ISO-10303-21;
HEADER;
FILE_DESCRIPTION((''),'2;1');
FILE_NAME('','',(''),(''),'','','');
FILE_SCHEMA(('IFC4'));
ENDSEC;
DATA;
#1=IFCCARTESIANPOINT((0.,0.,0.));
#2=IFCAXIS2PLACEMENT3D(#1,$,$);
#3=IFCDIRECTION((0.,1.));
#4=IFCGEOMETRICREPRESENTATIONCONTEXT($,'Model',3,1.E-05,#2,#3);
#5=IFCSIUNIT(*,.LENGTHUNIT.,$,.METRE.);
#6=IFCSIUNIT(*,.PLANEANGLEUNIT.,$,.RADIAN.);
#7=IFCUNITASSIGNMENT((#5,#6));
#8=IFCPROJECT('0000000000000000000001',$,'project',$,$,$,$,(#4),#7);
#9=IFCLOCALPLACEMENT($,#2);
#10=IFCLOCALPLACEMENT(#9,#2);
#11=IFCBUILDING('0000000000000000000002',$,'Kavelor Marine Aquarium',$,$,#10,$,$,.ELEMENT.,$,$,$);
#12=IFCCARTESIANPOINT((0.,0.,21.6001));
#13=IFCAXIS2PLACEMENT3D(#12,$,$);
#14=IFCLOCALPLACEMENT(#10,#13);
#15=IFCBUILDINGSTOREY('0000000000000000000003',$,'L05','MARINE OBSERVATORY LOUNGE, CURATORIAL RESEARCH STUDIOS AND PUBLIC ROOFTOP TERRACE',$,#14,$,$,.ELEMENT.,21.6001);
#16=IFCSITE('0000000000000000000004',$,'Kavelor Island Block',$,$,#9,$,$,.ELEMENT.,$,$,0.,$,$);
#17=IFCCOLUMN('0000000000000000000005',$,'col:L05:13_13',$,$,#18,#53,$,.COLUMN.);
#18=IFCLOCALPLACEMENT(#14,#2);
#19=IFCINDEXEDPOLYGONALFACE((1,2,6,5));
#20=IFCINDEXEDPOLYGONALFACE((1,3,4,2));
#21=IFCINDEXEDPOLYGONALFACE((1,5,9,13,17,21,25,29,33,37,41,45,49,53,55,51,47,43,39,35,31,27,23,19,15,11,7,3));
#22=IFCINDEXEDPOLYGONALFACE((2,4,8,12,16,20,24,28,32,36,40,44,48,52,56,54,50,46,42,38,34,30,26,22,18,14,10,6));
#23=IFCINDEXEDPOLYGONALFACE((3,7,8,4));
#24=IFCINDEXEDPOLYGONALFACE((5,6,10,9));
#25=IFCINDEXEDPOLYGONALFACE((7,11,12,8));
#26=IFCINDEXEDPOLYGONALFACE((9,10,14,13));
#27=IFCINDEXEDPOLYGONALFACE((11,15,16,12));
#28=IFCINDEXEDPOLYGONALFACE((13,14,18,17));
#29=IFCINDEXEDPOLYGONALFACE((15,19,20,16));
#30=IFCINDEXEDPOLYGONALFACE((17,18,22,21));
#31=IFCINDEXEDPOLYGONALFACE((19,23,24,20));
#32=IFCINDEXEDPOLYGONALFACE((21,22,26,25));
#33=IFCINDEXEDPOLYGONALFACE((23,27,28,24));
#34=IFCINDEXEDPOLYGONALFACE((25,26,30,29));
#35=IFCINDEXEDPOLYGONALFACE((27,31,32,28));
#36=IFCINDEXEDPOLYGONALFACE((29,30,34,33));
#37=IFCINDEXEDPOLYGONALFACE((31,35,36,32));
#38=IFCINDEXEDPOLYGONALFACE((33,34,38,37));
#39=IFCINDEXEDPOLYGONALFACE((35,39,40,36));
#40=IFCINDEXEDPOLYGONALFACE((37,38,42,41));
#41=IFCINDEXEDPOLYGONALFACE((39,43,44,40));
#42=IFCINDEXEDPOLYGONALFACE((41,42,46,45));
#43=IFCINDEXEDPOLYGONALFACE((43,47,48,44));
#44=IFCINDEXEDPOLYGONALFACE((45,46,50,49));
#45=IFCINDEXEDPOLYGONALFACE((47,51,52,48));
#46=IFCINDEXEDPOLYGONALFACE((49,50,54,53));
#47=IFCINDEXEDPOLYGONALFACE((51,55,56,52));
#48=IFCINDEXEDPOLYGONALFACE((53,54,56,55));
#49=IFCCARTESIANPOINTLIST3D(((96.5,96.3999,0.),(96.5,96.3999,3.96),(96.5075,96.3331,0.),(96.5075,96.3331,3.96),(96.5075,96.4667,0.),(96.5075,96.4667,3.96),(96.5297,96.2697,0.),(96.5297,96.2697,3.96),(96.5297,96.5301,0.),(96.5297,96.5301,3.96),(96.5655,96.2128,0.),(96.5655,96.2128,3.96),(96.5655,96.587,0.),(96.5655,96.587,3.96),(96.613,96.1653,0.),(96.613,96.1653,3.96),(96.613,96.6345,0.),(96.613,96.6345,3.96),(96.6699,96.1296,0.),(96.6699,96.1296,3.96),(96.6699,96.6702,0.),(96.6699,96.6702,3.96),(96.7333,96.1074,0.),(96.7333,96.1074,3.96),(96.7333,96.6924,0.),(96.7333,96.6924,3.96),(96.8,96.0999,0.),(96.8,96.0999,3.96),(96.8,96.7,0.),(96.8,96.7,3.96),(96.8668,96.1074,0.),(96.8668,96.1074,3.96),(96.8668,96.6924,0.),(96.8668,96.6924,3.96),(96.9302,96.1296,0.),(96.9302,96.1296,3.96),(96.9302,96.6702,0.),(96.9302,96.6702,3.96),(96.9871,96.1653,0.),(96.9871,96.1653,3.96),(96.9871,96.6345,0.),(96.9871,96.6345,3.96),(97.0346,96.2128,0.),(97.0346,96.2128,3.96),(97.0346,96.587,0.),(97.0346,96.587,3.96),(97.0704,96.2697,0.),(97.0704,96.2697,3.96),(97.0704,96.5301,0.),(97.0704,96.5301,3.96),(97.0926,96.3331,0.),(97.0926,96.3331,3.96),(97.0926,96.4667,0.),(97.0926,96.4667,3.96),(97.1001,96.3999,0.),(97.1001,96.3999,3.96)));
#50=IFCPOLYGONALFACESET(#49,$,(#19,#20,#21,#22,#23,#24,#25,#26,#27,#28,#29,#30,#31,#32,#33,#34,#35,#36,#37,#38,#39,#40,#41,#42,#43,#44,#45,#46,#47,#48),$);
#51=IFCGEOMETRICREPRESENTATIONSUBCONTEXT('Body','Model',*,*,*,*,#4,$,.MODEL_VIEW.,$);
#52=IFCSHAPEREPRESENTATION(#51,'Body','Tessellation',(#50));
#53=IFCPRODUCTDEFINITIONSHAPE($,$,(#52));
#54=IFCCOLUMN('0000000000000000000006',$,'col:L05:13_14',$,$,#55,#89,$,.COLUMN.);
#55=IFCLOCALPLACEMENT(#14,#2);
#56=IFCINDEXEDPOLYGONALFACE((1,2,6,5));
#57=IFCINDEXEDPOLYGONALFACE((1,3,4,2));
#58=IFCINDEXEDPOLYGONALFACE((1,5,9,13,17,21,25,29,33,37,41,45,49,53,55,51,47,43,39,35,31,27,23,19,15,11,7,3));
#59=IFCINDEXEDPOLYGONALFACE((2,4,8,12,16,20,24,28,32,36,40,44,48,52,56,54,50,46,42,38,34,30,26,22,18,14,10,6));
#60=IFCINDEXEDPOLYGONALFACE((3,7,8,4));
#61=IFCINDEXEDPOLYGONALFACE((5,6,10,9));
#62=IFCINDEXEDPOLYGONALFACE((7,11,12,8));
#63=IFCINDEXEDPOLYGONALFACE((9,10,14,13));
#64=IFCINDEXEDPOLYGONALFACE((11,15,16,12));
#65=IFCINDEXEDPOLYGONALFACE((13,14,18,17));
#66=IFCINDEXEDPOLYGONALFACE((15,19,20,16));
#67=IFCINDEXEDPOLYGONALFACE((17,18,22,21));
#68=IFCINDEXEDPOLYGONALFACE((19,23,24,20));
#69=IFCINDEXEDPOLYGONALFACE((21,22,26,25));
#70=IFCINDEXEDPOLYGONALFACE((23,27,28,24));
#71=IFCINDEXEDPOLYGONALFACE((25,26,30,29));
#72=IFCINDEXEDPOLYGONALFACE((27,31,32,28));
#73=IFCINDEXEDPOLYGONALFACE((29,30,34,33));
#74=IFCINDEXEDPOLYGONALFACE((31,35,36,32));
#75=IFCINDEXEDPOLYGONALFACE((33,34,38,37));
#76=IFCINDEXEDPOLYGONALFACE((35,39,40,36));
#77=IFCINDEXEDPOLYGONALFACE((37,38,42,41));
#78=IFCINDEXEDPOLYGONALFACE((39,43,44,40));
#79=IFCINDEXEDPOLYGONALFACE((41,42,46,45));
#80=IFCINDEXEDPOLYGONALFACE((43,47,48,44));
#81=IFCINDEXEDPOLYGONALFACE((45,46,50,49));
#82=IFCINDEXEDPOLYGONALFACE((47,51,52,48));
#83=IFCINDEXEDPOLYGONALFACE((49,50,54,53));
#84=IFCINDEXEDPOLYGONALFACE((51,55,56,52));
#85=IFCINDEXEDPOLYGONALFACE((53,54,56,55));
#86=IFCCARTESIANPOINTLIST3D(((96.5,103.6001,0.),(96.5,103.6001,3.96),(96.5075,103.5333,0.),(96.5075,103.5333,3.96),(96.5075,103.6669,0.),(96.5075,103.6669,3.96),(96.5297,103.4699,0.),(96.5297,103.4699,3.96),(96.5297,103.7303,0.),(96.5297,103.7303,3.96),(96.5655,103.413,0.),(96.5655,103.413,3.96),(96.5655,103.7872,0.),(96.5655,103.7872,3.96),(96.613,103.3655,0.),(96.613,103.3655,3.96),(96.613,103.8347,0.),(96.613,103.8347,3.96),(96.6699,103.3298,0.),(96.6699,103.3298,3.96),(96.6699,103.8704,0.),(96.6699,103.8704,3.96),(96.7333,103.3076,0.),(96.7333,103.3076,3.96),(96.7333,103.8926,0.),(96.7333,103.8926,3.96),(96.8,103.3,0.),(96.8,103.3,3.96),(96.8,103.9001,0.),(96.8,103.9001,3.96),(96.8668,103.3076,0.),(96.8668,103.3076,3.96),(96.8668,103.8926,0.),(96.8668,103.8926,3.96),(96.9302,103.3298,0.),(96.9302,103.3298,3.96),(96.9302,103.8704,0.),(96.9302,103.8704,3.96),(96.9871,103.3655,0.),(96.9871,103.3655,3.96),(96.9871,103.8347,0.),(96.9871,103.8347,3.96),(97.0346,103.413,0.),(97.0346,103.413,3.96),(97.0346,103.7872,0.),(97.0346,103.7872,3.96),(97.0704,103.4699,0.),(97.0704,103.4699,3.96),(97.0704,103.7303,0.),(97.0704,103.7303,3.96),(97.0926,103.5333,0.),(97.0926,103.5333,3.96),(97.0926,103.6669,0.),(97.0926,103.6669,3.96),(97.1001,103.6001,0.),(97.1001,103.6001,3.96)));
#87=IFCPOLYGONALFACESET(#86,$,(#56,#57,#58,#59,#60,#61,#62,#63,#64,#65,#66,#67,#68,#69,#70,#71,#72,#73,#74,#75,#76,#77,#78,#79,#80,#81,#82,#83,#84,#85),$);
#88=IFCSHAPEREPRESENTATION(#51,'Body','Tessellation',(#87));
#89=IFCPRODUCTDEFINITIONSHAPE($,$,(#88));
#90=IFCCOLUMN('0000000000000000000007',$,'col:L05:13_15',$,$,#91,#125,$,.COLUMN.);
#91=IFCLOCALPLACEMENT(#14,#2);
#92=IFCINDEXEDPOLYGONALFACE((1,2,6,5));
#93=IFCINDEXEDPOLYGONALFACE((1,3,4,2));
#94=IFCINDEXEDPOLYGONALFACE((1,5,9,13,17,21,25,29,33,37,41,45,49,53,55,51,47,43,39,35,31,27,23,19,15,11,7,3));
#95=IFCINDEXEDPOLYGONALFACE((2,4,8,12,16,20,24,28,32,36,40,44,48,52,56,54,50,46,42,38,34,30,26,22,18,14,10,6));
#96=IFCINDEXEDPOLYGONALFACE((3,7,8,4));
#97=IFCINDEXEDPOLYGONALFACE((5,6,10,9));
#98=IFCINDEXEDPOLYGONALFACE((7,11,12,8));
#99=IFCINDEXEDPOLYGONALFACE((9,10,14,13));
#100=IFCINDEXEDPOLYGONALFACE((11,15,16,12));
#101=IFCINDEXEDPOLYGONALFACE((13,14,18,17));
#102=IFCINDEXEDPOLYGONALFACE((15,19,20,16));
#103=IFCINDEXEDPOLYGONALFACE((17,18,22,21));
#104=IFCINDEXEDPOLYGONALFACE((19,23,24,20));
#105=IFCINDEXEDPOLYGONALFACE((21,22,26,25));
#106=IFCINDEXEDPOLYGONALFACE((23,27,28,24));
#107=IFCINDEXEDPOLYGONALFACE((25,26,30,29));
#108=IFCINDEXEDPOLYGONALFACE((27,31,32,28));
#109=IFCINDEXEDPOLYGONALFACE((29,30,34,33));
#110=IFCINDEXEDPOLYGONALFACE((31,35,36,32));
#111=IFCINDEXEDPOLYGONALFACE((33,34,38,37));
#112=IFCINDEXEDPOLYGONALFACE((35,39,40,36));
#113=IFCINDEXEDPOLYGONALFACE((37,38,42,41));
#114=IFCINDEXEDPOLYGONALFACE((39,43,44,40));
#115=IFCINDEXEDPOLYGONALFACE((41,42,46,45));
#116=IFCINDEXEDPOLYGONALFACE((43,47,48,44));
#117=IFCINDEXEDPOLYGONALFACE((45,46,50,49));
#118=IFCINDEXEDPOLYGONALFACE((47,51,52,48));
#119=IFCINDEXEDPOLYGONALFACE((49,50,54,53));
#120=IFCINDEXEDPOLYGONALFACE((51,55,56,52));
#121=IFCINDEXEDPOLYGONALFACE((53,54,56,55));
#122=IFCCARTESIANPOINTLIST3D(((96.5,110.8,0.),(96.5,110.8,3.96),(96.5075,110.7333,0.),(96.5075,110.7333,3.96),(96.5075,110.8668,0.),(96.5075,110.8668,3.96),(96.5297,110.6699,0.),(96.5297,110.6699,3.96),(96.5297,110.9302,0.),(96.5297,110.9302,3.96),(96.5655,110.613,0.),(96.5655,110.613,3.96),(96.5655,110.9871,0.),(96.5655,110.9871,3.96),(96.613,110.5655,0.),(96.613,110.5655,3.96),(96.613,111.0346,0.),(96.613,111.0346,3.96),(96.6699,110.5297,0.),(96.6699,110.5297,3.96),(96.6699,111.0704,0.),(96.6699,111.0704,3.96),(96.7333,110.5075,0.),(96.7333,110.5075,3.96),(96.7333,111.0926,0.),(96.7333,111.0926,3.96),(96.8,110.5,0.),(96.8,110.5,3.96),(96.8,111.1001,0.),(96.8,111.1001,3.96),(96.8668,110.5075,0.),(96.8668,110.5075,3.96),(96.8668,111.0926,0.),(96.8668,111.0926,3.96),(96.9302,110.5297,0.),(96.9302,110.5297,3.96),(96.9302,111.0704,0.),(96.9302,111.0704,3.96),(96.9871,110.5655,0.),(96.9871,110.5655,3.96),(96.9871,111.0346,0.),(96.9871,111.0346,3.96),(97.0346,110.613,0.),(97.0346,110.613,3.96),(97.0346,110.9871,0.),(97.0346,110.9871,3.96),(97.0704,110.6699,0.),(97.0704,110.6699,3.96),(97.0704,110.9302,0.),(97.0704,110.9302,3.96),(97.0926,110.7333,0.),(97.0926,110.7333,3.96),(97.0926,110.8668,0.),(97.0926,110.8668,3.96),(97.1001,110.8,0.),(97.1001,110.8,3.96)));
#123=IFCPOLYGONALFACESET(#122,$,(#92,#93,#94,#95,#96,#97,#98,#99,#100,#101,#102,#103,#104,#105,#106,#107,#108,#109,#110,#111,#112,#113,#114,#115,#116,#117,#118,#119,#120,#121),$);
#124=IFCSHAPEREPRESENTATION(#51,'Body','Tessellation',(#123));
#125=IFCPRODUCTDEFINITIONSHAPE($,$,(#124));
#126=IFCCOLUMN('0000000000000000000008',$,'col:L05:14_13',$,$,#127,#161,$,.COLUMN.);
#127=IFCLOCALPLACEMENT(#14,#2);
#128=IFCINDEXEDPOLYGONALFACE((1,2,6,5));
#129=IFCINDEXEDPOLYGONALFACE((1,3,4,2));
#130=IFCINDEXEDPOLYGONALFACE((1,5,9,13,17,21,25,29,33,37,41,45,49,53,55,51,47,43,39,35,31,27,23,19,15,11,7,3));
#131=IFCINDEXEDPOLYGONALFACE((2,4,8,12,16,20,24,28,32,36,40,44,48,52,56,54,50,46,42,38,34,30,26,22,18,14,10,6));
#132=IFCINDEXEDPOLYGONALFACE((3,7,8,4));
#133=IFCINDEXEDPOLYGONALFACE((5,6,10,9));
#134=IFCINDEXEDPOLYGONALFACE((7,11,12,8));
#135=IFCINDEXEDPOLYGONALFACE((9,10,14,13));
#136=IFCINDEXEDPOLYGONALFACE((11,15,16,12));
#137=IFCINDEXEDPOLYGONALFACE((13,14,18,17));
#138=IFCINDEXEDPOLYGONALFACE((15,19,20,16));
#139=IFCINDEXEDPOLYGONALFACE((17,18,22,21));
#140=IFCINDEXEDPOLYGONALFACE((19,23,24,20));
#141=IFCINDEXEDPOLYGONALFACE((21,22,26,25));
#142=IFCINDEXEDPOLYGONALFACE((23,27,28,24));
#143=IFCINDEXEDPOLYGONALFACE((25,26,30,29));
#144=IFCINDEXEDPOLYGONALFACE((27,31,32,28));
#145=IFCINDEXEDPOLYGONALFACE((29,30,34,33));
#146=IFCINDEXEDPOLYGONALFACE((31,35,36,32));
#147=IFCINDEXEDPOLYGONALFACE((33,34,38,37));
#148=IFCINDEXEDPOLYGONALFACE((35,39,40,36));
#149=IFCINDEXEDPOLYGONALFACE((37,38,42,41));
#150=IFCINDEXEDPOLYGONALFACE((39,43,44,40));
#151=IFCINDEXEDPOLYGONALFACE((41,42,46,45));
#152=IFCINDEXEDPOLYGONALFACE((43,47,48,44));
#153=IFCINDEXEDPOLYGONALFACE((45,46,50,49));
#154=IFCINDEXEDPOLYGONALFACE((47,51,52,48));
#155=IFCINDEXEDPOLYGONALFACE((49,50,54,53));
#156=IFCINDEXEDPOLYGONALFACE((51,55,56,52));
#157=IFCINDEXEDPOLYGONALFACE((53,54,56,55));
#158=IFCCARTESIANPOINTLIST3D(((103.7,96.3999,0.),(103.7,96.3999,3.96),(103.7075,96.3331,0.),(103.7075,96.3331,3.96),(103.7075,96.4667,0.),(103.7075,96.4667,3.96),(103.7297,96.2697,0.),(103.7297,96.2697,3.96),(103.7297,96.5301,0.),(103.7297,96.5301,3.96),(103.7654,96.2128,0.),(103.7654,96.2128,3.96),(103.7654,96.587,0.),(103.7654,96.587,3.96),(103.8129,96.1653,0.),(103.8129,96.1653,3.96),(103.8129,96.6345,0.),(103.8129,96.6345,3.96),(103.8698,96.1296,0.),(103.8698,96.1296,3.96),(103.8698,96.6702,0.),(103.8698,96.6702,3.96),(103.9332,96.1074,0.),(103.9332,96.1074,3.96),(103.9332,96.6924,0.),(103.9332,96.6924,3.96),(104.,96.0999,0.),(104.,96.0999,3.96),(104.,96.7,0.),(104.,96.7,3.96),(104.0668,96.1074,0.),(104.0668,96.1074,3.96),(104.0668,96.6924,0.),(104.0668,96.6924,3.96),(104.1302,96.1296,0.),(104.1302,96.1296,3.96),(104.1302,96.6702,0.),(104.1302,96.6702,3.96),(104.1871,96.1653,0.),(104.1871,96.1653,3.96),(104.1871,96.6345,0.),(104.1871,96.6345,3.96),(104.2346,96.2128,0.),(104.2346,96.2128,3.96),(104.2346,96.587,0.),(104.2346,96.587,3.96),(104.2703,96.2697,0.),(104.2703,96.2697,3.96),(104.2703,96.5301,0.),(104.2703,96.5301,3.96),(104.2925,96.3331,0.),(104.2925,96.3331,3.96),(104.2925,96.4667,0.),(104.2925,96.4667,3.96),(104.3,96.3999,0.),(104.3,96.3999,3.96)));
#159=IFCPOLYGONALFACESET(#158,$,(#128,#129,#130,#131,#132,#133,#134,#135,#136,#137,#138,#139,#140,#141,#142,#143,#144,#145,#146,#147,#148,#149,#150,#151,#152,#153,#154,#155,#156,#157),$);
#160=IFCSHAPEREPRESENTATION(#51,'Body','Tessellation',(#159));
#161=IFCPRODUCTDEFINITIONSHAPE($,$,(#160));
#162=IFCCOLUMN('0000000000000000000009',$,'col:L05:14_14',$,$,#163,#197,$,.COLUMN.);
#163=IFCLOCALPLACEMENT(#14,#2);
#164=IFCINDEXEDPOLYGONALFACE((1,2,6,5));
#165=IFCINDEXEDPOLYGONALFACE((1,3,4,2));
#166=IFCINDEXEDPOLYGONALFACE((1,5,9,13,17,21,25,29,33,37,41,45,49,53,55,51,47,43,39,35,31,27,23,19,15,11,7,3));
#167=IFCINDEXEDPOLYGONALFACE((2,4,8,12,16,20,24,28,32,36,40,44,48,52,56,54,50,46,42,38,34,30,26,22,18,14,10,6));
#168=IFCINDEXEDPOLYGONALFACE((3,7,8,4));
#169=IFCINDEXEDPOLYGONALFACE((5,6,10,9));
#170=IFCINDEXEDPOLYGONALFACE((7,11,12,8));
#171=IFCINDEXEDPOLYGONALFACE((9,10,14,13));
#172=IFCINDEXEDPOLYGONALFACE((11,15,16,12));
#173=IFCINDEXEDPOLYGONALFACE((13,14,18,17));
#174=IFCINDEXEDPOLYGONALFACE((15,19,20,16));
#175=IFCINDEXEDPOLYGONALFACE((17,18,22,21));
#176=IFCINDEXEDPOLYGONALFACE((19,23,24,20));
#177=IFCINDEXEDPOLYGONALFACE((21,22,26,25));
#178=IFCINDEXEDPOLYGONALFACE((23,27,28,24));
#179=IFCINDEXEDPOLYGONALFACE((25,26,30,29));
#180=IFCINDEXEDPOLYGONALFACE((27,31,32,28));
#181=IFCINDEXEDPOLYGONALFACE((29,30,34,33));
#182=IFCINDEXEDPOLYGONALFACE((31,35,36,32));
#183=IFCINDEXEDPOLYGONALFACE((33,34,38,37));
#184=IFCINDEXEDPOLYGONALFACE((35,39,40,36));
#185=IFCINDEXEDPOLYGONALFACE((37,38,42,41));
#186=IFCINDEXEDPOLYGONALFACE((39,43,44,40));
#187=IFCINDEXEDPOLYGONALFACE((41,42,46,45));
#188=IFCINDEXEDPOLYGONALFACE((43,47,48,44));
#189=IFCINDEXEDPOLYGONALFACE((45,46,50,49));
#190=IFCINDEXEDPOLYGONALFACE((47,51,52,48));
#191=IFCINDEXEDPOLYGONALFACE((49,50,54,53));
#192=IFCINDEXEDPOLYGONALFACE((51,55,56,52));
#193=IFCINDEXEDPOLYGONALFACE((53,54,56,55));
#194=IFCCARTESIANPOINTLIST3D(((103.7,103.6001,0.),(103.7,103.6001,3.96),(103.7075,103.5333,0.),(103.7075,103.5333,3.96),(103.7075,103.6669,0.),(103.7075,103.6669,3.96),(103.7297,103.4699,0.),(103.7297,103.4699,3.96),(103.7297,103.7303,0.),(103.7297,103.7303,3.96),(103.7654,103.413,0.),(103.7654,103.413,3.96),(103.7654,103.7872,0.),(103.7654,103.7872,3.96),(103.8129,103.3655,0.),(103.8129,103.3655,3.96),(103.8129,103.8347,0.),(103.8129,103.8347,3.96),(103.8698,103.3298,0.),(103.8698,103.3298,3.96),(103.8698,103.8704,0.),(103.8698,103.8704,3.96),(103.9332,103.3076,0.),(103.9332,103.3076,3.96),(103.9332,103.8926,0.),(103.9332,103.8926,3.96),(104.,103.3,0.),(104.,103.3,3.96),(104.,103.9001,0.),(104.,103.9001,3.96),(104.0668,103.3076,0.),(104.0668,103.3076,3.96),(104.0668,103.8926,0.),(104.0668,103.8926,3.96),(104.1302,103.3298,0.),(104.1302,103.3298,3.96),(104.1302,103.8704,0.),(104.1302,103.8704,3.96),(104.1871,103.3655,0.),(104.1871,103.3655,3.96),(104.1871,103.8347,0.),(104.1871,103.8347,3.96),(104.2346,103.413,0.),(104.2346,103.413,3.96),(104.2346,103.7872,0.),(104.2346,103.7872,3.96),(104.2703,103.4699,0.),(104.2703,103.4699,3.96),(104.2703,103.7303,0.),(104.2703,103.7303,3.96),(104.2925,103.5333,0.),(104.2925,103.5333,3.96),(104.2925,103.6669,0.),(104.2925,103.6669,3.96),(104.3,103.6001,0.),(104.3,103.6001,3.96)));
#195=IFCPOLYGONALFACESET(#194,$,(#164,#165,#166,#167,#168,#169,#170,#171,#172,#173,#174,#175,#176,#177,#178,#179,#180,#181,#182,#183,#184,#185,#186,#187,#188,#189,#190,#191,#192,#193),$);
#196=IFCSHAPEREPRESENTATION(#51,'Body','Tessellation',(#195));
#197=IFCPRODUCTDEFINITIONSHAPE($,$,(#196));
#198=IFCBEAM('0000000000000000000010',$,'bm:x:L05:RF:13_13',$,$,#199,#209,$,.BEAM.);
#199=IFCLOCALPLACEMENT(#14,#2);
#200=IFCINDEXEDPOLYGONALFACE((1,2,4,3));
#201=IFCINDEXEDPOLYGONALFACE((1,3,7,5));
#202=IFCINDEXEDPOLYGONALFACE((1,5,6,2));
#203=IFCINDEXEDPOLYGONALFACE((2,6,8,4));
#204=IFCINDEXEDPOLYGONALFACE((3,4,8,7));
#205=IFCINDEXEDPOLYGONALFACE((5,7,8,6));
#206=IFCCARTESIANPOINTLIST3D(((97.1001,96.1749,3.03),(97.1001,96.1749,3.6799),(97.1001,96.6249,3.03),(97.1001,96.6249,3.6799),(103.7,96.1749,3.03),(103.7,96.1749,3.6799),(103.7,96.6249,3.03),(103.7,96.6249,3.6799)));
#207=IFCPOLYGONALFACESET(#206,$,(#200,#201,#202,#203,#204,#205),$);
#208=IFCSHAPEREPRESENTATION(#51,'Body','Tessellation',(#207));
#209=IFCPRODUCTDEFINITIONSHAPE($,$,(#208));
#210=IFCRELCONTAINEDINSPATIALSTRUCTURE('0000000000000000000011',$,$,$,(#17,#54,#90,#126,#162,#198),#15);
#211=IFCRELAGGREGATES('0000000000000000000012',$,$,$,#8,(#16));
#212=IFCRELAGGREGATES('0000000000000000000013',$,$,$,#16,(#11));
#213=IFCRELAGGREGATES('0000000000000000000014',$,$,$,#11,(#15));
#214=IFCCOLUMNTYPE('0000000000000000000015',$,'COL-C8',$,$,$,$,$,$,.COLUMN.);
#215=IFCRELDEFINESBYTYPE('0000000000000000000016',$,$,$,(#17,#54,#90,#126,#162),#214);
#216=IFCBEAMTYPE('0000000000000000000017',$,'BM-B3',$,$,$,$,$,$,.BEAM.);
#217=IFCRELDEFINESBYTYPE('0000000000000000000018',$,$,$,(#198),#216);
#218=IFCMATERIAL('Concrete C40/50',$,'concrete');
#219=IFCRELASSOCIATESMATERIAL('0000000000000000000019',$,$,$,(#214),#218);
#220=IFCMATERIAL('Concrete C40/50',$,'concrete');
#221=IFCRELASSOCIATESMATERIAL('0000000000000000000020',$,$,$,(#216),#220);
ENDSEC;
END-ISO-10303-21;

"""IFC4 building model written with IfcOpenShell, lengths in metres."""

from ifc_helpers import new_model, si_unit, direction, frame, origin, origin_2d, place, context, subcontext, project, spatial, rectangle, circle, extrude, material, material_profile, profile_set, type_object, element, save


model = new_model("IFC4")

# Units and contexts
model_context = context("Model", 3, precision=1e-05, world=origin(), true_north=direction((0.0, 1.0)))
body_context = subcontext(model_context, "Body", "Model", "MODEL_VIEW")
ifc_project = project(units=[si_unit("LENGTHUNIT", "METRE"), si_unit("PLANEANGLEUNIT", "RADIAN")], contexts=[model_context])

# Site, building, storey
site_placement = place(None, origin())
site = spatial("IfcSite", under=ifc_project, at=site_placement, Name="Kavelor Island Block", CompositionType="ELEMENT", RefElevation=0.0)
building_placement = place(site_placement, origin())
building = spatial("IfcBuilding", under=site, at=building_placement, Name="Kavelor Marine Aquarium", CompositionType="ELEMENT")
storey_placement = place(building_placement, frame((0.0, 0.0, 21.6001)))
storey = spatial("IfcBuildingStorey", under=building, at=storey_placement, Name="L05", Description="MARINE OBSERVATORY LOUNGE, CURATORIAL RESEARCH STUDIOS AND PUBLIC ROOFTOP TERRACE", CompositionType="ELEMENT", Elevation=21.6001)

# Columns
ifc_material_1 = material(Name="Concrete C40/50", Category="concrete")
ifc_material_profile_1 = material_profile(ifc_material_1, circle(Radius=0.3, at=origin_2d()), Name="RC-COL D600")
ifc_profile_set_1 = profile_set([ifc_material_profile_1], Name="Concrete C40/50")
column_type = type_object("IfcColumnType", Name="COL-C8", PredefinedType="COLUMN", material=ifc_profile_set_1)
for number, where, z_axis, x_axis, name in (
    (1, (96.8, 96.3999, 0.0), (0.0, 0.0, 1.0), (1.0, 0.0, 0.0), "col:L05:13_13"),
    (2, (96.8, 103.6001, 0.0), (0.0, 0.0, 1.0), (1.0, 0.0, 0.0), "col:L05:13_14"),
    (3, (96.8, 110.8, 0.0), (0.0, 0.0, 1.0), (1.0, 0.0, 0.0), "col:L05:13_15"),
    (4, (104.0, 96.3999, 0.0), (0.0, 0.0, 1.0), (1.0, 0.0, 0.0), "col:L05:14_13"),
    (5, (104.0, 103.6001, 0.0), (0.0, 0.0, 1.0), (1.0, 0.0, 0.0), "col:L05:14_14"),
):
    element("IfcColumn", number, at=place(storey_placement, frame(where, z_axis=z_axis, x_axis=x_axis)), inside=storey, type_object=column_type, Name=name, PredefinedType="COLUMN", context=body_context, shape_type="SweptSolid", body=[
        extrude(circle(Radius=0.3, at=origin_2d()), origin(), (0.0, 0.0, 1.0), 3.96),
    ])

# Beam
ifc_material_2 = material(Name="Concrete C40/50", Category="concrete")
ifc_material_profile_2 = material_profile(ifc_material_2, rectangle(XDim=0.45, YDim=0.6499, at=origin_2d()), Name="RC-BM 450x650")
ifc_profile_set_2 = profile_set([ifc_material_profile_2], Name="Concrete C40/50")
beam_type_1 = type_object("IfcBeamType", Name="BM-B3", PredefinedType="BEAM", material=ifc_profile_set_2)
beam_1_placement = place(storey_placement, frame((97.1001, 96.3999, 3.355), z_axis=(1.0, 0.0, 0.0), x_axis=(0.0, 1.0, 0.0)))
element("IfcBeam", 6, at=beam_1_placement, inside=storey, type_object=beam_type_1, Name="bm:x:L05:RF:13_13", PredefinedType="BEAM", context=body_context, shape_type="SweptSolid", body=[
    extrude(rectangle(XDim=0.45, YDim=0.6499, at=origin_2d()), origin(), (0.0, 0.0, 1.0), 6.5999),
])

save(model, "model.ifc")
